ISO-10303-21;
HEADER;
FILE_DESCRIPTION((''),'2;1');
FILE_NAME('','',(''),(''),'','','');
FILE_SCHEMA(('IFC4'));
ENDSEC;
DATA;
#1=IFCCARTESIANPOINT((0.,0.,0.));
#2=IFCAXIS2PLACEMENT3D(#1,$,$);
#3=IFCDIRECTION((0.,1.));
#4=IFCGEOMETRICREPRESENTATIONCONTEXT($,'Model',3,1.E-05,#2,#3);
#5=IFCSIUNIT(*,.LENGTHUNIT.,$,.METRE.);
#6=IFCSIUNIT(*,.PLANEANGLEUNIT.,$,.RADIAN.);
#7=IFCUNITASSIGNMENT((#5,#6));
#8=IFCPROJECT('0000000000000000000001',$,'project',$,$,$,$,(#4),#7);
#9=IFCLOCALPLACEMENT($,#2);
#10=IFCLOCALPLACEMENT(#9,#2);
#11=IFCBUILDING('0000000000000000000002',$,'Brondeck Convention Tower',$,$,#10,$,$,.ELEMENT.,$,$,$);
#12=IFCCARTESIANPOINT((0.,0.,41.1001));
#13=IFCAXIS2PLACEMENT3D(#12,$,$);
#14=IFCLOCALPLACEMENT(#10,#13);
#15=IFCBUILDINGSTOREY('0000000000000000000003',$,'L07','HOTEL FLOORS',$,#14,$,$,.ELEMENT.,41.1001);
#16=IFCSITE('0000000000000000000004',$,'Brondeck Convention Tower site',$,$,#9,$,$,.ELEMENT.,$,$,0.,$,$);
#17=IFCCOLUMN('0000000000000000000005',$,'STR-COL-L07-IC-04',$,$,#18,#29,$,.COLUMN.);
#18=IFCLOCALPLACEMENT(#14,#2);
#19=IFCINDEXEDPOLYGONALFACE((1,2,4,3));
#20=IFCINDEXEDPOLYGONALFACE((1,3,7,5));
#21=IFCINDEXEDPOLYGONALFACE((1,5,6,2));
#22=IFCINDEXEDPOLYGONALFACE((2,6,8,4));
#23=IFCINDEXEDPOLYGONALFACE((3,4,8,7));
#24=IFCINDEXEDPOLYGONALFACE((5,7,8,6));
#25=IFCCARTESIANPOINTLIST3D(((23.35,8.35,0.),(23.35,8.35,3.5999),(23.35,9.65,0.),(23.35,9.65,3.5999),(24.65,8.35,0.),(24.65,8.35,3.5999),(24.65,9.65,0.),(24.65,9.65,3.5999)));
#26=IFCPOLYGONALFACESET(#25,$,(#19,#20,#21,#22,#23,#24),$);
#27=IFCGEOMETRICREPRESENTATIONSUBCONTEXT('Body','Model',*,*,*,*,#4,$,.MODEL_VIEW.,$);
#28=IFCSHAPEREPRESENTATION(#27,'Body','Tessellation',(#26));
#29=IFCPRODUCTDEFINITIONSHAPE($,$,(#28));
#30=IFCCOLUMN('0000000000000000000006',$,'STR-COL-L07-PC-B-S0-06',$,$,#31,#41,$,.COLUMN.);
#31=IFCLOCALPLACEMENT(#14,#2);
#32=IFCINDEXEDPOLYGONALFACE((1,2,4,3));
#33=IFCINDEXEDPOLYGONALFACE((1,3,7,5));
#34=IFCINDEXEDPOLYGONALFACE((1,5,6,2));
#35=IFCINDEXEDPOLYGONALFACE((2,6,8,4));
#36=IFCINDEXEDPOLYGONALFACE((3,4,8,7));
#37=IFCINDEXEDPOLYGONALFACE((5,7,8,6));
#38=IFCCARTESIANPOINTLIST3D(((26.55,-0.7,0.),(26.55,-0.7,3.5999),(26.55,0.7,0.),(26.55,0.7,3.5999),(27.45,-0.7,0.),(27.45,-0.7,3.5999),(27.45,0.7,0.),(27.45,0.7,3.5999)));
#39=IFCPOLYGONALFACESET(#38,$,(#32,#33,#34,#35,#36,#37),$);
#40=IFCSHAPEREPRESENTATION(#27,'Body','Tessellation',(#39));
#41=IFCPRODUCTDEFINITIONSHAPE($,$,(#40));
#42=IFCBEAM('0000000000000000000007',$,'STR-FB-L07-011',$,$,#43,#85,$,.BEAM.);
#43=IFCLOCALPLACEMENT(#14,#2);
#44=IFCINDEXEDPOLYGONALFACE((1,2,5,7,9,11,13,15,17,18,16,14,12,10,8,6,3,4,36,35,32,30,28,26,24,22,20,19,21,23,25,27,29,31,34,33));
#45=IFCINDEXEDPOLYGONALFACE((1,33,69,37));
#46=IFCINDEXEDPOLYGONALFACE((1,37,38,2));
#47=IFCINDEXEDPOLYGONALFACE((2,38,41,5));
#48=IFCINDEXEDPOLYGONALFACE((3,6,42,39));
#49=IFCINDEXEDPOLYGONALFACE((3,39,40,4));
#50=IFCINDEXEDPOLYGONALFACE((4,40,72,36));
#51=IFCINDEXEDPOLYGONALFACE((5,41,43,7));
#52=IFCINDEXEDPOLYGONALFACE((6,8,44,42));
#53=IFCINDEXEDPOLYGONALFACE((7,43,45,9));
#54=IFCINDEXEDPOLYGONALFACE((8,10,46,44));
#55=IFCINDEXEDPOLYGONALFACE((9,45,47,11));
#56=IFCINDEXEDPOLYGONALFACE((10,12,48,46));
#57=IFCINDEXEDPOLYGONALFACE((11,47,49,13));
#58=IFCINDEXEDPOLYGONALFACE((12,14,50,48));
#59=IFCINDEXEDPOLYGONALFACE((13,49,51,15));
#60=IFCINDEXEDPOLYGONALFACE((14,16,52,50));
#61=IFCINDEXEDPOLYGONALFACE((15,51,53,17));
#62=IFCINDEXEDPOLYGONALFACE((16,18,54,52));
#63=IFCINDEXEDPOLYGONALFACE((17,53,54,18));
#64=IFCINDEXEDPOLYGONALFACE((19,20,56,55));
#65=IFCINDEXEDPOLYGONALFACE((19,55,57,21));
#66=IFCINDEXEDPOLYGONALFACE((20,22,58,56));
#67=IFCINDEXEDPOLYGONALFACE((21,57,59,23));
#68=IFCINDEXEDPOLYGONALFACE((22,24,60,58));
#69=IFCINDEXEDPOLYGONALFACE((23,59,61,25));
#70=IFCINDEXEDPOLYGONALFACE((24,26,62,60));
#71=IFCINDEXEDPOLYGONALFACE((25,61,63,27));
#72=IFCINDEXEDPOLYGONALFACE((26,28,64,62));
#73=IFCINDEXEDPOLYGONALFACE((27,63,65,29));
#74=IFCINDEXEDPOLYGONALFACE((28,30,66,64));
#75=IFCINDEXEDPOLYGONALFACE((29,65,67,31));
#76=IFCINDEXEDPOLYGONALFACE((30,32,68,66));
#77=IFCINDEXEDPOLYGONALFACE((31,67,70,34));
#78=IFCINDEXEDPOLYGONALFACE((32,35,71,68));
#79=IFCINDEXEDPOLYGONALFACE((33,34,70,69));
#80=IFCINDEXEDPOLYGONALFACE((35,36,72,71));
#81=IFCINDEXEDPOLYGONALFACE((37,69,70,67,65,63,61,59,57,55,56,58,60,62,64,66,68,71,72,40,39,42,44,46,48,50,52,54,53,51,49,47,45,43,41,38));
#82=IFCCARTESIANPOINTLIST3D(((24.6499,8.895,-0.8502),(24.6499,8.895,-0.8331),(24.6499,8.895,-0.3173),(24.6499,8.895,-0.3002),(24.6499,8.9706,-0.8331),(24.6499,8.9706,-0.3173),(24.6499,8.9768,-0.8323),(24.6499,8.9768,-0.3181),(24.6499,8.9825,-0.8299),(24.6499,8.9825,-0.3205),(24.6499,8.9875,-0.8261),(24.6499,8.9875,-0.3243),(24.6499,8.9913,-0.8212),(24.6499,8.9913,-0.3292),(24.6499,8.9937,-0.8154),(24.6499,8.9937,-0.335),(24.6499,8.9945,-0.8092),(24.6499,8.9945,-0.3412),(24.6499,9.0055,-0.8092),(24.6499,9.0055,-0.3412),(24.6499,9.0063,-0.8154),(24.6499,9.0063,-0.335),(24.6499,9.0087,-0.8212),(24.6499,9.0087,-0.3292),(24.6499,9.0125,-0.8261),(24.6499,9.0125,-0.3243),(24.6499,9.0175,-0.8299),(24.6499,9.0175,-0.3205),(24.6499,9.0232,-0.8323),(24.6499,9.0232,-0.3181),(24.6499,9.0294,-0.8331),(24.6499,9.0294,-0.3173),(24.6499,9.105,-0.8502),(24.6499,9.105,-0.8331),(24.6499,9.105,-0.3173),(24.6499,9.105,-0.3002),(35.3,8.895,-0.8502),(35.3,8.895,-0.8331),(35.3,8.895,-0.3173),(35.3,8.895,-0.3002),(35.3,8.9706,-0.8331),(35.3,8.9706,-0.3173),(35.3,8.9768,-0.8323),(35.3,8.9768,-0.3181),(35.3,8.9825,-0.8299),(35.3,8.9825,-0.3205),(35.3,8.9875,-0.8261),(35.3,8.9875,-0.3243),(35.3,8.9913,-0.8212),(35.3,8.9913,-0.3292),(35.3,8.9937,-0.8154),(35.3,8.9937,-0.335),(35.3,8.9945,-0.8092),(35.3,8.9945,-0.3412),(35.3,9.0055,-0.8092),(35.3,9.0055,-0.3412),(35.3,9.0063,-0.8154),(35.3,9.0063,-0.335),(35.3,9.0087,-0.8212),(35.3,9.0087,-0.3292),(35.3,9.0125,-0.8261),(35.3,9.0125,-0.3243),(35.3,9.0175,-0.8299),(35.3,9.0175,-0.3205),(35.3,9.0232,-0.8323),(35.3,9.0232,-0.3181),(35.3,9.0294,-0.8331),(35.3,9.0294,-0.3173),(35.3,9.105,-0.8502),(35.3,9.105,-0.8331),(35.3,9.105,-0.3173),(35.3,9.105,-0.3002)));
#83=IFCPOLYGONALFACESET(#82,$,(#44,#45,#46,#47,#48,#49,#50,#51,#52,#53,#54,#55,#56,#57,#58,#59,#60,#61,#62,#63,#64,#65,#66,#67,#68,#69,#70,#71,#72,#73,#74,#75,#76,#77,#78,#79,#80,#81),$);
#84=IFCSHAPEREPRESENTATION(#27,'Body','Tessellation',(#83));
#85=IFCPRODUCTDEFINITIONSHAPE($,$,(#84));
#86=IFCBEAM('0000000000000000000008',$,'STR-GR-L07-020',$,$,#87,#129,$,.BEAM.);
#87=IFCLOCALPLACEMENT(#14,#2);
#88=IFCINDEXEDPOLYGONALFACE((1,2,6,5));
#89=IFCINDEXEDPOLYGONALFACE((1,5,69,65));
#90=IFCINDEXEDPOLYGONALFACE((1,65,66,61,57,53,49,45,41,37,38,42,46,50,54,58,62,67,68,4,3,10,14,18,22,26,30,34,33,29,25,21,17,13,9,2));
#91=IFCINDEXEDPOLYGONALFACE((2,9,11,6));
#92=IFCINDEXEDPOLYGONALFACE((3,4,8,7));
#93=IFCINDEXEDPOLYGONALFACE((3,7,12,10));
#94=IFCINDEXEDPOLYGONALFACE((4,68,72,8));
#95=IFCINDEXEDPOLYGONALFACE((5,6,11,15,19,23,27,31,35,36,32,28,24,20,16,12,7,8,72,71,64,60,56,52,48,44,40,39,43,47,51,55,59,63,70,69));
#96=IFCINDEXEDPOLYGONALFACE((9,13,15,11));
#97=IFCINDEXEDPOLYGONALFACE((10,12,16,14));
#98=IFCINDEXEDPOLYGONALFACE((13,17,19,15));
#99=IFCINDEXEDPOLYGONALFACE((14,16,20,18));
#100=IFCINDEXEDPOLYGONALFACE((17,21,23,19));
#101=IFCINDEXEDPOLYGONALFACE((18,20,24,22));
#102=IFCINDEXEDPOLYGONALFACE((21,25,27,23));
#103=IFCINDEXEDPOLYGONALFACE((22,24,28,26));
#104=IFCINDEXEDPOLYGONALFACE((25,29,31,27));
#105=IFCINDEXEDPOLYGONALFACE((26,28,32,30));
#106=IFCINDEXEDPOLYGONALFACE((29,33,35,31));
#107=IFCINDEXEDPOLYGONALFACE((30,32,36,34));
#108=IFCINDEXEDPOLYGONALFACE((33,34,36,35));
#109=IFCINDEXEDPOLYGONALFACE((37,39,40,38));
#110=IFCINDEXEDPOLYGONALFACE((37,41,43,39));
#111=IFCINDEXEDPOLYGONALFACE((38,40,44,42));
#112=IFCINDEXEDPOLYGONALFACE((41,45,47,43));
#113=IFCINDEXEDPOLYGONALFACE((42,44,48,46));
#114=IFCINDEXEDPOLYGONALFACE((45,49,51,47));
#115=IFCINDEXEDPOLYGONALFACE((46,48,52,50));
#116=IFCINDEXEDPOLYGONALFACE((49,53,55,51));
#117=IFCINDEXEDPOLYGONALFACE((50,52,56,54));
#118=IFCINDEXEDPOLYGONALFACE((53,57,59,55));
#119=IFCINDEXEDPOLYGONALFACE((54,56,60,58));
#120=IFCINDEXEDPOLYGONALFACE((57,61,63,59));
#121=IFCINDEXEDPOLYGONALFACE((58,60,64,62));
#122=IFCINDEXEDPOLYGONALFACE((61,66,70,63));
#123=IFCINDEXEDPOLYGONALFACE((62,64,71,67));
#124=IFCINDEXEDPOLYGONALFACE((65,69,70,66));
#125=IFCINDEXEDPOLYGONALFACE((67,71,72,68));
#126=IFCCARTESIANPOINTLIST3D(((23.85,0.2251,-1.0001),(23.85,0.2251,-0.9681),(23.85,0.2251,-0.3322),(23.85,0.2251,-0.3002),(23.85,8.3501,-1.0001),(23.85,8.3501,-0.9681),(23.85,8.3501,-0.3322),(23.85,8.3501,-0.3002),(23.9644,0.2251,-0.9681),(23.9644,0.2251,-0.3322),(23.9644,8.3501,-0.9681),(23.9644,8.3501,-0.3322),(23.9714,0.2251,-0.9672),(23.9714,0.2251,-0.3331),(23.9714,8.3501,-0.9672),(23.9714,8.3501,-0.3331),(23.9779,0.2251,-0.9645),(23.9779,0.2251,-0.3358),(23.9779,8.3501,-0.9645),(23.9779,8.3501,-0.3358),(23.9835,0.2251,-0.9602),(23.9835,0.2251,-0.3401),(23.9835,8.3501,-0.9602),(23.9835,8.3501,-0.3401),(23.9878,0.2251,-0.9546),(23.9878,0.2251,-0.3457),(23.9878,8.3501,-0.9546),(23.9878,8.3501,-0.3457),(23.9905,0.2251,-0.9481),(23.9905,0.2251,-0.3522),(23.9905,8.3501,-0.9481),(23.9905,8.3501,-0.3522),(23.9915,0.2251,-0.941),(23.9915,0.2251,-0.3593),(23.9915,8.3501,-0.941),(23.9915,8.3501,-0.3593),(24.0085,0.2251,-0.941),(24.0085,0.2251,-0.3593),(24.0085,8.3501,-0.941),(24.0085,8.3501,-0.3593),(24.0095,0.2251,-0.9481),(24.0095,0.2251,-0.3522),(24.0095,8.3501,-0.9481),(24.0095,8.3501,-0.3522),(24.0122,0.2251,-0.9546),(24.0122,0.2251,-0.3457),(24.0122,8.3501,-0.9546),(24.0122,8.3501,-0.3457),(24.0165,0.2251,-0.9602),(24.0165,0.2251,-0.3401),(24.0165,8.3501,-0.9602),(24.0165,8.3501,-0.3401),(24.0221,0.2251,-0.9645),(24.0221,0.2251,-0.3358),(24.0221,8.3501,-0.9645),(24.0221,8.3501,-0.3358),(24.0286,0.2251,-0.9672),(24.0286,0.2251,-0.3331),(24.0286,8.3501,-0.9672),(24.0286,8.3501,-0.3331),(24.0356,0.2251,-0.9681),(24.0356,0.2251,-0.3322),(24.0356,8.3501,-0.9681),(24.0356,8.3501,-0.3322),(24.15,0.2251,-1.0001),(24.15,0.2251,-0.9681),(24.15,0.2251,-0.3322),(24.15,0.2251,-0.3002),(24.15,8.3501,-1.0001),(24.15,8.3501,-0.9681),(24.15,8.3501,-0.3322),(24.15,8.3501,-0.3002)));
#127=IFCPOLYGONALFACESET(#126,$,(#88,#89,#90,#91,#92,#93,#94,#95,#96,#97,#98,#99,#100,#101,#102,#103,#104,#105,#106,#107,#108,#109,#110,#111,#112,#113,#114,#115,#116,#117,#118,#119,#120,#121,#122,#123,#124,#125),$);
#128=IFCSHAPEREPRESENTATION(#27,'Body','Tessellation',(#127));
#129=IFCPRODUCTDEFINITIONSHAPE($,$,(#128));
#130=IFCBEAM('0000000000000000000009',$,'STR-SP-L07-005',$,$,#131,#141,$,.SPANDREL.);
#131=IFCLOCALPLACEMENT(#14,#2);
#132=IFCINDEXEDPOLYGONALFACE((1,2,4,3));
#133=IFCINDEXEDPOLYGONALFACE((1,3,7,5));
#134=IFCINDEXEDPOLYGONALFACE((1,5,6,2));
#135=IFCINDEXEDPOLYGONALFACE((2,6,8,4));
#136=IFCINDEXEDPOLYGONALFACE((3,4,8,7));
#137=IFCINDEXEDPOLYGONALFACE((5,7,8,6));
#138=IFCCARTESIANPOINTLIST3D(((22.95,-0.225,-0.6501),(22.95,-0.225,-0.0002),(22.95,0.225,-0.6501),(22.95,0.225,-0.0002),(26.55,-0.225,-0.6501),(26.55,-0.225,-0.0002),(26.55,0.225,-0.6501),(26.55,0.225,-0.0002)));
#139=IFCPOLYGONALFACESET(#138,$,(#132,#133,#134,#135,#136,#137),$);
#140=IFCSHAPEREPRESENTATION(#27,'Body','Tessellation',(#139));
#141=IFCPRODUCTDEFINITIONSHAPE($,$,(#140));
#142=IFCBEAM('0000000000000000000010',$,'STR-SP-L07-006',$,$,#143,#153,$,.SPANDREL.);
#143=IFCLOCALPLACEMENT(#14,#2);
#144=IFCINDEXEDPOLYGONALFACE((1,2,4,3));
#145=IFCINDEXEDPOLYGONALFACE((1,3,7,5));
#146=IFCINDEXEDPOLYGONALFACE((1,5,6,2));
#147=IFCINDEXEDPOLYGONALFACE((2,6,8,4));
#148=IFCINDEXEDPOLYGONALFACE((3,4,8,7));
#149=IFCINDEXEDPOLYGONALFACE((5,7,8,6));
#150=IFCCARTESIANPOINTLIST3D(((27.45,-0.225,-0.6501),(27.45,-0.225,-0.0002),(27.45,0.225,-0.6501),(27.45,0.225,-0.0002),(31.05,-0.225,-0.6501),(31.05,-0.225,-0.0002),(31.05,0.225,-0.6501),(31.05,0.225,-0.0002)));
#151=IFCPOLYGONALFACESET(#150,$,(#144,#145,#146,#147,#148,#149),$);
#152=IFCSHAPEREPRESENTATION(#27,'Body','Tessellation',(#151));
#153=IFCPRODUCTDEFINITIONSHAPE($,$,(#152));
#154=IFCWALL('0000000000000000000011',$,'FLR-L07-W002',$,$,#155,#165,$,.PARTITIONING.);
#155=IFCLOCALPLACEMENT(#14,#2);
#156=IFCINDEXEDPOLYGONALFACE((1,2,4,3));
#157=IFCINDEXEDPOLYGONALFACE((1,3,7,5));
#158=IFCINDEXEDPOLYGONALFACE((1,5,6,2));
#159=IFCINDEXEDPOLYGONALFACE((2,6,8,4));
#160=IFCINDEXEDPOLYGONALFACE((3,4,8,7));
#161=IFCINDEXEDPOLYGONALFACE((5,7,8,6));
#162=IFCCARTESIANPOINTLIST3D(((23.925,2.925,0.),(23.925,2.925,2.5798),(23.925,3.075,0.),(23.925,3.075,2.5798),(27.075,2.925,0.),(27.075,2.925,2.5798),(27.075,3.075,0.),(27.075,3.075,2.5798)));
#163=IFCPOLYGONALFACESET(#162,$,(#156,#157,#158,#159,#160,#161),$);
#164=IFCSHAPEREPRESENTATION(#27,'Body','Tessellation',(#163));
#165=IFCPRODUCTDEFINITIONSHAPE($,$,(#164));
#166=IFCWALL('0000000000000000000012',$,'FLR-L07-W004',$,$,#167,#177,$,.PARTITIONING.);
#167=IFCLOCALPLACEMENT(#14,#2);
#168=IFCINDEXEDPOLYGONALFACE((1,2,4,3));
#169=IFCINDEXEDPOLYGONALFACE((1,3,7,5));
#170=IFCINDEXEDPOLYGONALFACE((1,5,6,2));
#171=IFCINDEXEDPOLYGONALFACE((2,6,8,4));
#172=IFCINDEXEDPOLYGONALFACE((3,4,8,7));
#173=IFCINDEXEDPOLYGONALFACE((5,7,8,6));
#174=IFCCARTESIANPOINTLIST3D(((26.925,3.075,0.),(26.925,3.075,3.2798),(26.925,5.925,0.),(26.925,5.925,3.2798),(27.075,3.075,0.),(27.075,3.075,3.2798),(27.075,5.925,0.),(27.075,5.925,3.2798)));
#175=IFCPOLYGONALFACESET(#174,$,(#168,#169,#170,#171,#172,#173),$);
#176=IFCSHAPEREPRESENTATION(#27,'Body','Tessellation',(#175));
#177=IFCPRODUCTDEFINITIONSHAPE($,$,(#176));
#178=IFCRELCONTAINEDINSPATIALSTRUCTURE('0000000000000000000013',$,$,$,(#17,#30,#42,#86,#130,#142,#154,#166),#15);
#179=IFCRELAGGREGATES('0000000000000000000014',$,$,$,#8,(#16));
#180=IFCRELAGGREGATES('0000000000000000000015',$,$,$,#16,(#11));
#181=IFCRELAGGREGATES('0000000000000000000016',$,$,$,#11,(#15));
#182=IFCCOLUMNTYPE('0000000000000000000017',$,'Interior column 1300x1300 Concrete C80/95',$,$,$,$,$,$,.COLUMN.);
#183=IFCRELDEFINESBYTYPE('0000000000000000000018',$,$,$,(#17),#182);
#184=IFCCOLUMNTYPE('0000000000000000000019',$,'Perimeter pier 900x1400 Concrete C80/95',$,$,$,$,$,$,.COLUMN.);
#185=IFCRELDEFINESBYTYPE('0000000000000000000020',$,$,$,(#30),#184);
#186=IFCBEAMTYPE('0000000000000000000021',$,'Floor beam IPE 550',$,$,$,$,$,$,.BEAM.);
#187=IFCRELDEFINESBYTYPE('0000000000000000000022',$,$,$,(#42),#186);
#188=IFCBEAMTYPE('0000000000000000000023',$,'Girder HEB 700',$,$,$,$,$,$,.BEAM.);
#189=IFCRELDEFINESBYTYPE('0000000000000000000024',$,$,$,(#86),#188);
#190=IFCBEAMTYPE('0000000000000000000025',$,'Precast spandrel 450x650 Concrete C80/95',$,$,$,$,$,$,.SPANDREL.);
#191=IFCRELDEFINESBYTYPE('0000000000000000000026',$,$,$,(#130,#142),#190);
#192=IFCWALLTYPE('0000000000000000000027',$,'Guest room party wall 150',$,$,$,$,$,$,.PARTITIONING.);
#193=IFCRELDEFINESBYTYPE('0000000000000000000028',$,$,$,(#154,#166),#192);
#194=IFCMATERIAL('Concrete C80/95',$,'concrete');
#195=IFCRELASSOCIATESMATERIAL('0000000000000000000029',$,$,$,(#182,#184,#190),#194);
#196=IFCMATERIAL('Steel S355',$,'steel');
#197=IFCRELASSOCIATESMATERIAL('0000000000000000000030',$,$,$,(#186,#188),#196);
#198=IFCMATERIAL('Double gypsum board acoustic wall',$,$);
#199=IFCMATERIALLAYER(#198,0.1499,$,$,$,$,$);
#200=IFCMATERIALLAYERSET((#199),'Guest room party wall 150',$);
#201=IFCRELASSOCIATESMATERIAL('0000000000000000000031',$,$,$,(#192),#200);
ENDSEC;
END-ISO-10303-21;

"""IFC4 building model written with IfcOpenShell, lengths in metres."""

from ifc_helpers import new_model, si_unit, direction, frame, frame_2d, origin, origin_2d, place, context, subcontext, project, spatial, rectangle, i_section, extrude, material, layer, layer_set, material_profile, profile_set, type_object, element, save


model = new_model("IFC4")

# Units and contexts
model_context = context("Model", 3, precision=1e-05, world=origin(), true_north=direction((0.0, 1.0)))
body_context = subcontext(model_context, "Body", "Model", "MODEL_VIEW")
ifc_project = project(units=[si_unit("LENGTHUNIT", "METRE"), si_unit("PLANEANGLEUNIT", "RADIAN")], contexts=[model_context])

# Site, building, storey
site_placement = place(None, origin())
site = spatial("IfcSite", under=ifc_project, at=site_placement, Name="Brondeck Convention Tower site", CompositionType="ELEMENT", RefElevation=0.0)
building_placement = place(site_placement, origin())
building = spatial("IfcBuilding", under=site, at=building_placement, Name="Brondeck Convention Tower", CompositionType="ELEMENT")
storey_placement = place(building_placement, frame((0.0, 0.0, 41.1001)))
storey = spatial("IfcBuildingStorey", under=building, at=storey_placement, Name="L07", Description="HOTEL FLOORS", CompositionType="ELEMENT", Elevation=41.1001)

# Columns
ifc_material_1 = material(Name="Concrete C80/95", Category="concrete")
ifc_material_profile_1 = material_profile(ifc_material_1, rectangle(XDim=1.3, YDim=1.3, at=origin_2d()), Name="Interior column 1300x1300 Concrete C80/95")
ifc_profile_set_1 = profile_set([ifc_material_profile_1], Name="Concrete C80/95")
column_type_1 = type_object("IfcColumnType", Name="Interior column 1300x1300 Concrete C80/95", PredefinedType="COLUMN", material=ifc_profile_set_1)
column_1_placement = place(storey_placement, frame((24.0, 9.0, 0.0), z_axis=(0.0, 0.0, 1.0), x_axis=(1.0, 0.0, 0.0)))
element("IfcColumn", 1, at=column_1_placement, inside=storey, type_object=column_type_1, Name="STR-COL-L07-IC-04", PredefinedType="COLUMN", context=body_context, shape_type="SweptSolid", body=[
    extrude(rectangle(XDim=1.3, YDim=1.3, at=origin_2d()), origin(), (0.0, 0.0, 1.0), 3.5999),
])
ifc_material_profile_2 = material_profile(ifc_material_1, rectangle(XDim=0.8999, YDim=1.3999, at=origin_2d()), Name="Perimeter pier 900x1400 Concrete C80/95")
ifc_profile_set_2 = profile_set([ifc_material_profile_2], Name="Concrete C80/95")
column_type_2 = type_object("IfcColumnType", Name="Perimeter pier 900x1400 Concrete C80/95", PredefinedType="COLUMN", material=ifc_profile_set_2)
column_2_placement = place(storey_placement, frame((27.0, 0.0, 0.0), z_axis=(0.0, 0.0, 1.0), x_axis=(1.0, 0.0, 0.0)))
element("IfcColumn", 2, at=column_2_placement, inside=storey, type_object=column_type_2, Name="STR-COL-L07-PC-B-S0-06", PredefinedType="COLUMN", context=body_context, shape_type="SweptSolid", body=[
    extrude(rectangle(XDim=0.8999, YDim=1.3999, at=origin_2d()), origin(), (0.0, 0.0, 1.0), 3.5999),
])

# Beams
ifc_material_2 = material(Name="Steel S355", Category="steel")
ifc_material_profile_3 = material_profile(ifc_material_2, i_section(OverallWidth=0.21, OverallDepth=0.55, WebThickness=0.011, FlangeThickness=0.0171, FilletRadius=0.0239, at=origin_2d()), Name="IPE 550")
ifc_profile_set_3 = profile_set([ifc_material_profile_3], Name="Steel S355")
beam_type_1 = type_object("IfcBeamType", Name="Floor beam IPE 550", PredefinedType="BEAM", material=ifc_profile_set_3)
beam_1_placement = place(storey_placement, frame((24.6499, 9.0, -0.5752), z_axis=(1.0, 0.0, 0.0), x_axis=(0.0, 1.0, 0.0)))
element("IfcBeam", 3, at=beam_1_placement, inside=storey, type_object=beam_type_1, Name="STR-FB-L07-011", PredefinedType="BEAM", context=body_context, shape_type="SweptSolid", body=[
    extrude(i_section(OverallWidth=0.21, OverallDepth=0.55, WebThickness=0.011, FlangeThickness=0.0171, FilletRadius=0.0239, at=origin_2d()), origin(), (0.0, 0.0, 1.0), 10.6501),
])
ifc_material_profile_4 = material_profile(ifc_material_2, i_section(OverallWidth=0.3, OverallDepth=0.7, WebThickness=0.0171, FlangeThickness=0.032, FilletRadius=0.0271, at=origin_2d()), Name="HEB 700")
ifc_profile_set_4 = profile_set([ifc_material_profile_4], Name="Steel S355")
beam_type_2 = type_object("IfcBeamType", Name="Girder HEB 700", PredefinedType="BEAM", material=ifc_profile_set_4)
beam_2_placement = place(storey_placement, frame((24.0, 8.3501, -0.6501), z_axis=(0.0, -1.0, 0.0), x_axis=(1.0, 0.0, 0.0)))
element("IfcBeam", 4, at=beam_2_placement, inside=storey, type_object=beam_type_2, Name="STR-GR-L07-020", PredefinedType="BEAM", context=body_context, shape_type="SweptSolid", body=[
    extrude(i_section(OverallWidth=0.3, OverallDepth=0.7, WebThickness=0.0171, FlangeThickness=0.032, FilletRadius=0.0271, at=origin_2d()), origin(), (0.0, 0.0, 1.0), 8.125),
])
ifc_material_profile_5 = material_profile(ifc_material_1, rectangle(XDim=0.45, YDim=0.6499, at=origin_2d()), Name="Precast spandrel 450x650 Concrete C80/95")
ifc_profile_set_5 = profile_set([ifc_material_profile_5], Name="Concrete C80/95")
beam_type_3 = type_object("IfcBeamType", Name="Precast spandrel 450x650 Concrete C80/95", PredefinedType="SPANDREL", material=ifc_profile_set_5)
for number, where, z_axis, x_axis, name in (
    (5, (22.95, 0.0, -0.3252), (1.0, 0.0, 0.0), (0.0, 1.0, 0.0), "STR-SP-L07-005"),
    (6, (27.45, 0.0, -0.3252), (1.0, 0.0, 0.0), (0.0, 1.0, 0.0), "STR-SP-L07-006"),
):
    element("IfcBeam", number, at=place(storey_placement, frame(where, z_axis=z_axis, x_axis=x_axis)), inside=storey, type_object=beam_type_3, Name=name, PredefinedType="SPANDREL", context=body_context, shape_type="SweptSolid", body=[
        extrude(rectangle(XDim=0.45, YDim=0.6499, at=origin_2d()), origin(), (0.0, 0.0, 1.0), 3.6001),
    ])

# Walls
ifc_material_3 = material(Name="Double gypsum board acoustic wall")
ifc_layer = layer(ifc_material_3, 0.1499)
ifc_layer_set = layer_set([ifc_layer], Name="Guest room party wall 150")
wall_type = type_object("IfcWallType", Name="Guest room party wall 150", PredefinedType="PARTITIONING", material=ifc_layer_set)
wall_1_placement = place(storey_placement, frame((23.925, 3.0, 0.0), z_axis=(0.0, 0.0, 1.0), x_axis=(1.0, 0.0, 0.0)))
element("IfcWall", 7, at=wall_1_placement, inside=storey, type_object=wall_type, Name="FLR-L07-W002", PredefinedType="PARTITIONING", context=body_context, shape_type="SweptSolid", body=[
    extrude(rectangle(XDim=3.1499, YDim=0.1499, at=frame_2d((1.575, 0.0))), origin(), (0.0, 0.0, 1.0), 2.5798),
])
wall_2_placement = place(storey_placement, frame((27.0, 3.075, 0.0), z_axis=(0.0, 0.0, 1.0), x_axis=(0.0, 1.0, 0.0)))
element("IfcWall", 8, at=wall_2_placement, inside=storey, type_object=wall_type, Name="FLR-L07-W004", PredefinedType="PARTITIONING", context=body_context, shape_type="SweptSolid", body=[
    extrude(rectangle(XDim=2.8501, YDim=0.1499, at=frame_2d((1.425, 0.0))), origin(), (0.0, 0.0, 1.0), 3.2798),
])

save(model, "model.ifc")
